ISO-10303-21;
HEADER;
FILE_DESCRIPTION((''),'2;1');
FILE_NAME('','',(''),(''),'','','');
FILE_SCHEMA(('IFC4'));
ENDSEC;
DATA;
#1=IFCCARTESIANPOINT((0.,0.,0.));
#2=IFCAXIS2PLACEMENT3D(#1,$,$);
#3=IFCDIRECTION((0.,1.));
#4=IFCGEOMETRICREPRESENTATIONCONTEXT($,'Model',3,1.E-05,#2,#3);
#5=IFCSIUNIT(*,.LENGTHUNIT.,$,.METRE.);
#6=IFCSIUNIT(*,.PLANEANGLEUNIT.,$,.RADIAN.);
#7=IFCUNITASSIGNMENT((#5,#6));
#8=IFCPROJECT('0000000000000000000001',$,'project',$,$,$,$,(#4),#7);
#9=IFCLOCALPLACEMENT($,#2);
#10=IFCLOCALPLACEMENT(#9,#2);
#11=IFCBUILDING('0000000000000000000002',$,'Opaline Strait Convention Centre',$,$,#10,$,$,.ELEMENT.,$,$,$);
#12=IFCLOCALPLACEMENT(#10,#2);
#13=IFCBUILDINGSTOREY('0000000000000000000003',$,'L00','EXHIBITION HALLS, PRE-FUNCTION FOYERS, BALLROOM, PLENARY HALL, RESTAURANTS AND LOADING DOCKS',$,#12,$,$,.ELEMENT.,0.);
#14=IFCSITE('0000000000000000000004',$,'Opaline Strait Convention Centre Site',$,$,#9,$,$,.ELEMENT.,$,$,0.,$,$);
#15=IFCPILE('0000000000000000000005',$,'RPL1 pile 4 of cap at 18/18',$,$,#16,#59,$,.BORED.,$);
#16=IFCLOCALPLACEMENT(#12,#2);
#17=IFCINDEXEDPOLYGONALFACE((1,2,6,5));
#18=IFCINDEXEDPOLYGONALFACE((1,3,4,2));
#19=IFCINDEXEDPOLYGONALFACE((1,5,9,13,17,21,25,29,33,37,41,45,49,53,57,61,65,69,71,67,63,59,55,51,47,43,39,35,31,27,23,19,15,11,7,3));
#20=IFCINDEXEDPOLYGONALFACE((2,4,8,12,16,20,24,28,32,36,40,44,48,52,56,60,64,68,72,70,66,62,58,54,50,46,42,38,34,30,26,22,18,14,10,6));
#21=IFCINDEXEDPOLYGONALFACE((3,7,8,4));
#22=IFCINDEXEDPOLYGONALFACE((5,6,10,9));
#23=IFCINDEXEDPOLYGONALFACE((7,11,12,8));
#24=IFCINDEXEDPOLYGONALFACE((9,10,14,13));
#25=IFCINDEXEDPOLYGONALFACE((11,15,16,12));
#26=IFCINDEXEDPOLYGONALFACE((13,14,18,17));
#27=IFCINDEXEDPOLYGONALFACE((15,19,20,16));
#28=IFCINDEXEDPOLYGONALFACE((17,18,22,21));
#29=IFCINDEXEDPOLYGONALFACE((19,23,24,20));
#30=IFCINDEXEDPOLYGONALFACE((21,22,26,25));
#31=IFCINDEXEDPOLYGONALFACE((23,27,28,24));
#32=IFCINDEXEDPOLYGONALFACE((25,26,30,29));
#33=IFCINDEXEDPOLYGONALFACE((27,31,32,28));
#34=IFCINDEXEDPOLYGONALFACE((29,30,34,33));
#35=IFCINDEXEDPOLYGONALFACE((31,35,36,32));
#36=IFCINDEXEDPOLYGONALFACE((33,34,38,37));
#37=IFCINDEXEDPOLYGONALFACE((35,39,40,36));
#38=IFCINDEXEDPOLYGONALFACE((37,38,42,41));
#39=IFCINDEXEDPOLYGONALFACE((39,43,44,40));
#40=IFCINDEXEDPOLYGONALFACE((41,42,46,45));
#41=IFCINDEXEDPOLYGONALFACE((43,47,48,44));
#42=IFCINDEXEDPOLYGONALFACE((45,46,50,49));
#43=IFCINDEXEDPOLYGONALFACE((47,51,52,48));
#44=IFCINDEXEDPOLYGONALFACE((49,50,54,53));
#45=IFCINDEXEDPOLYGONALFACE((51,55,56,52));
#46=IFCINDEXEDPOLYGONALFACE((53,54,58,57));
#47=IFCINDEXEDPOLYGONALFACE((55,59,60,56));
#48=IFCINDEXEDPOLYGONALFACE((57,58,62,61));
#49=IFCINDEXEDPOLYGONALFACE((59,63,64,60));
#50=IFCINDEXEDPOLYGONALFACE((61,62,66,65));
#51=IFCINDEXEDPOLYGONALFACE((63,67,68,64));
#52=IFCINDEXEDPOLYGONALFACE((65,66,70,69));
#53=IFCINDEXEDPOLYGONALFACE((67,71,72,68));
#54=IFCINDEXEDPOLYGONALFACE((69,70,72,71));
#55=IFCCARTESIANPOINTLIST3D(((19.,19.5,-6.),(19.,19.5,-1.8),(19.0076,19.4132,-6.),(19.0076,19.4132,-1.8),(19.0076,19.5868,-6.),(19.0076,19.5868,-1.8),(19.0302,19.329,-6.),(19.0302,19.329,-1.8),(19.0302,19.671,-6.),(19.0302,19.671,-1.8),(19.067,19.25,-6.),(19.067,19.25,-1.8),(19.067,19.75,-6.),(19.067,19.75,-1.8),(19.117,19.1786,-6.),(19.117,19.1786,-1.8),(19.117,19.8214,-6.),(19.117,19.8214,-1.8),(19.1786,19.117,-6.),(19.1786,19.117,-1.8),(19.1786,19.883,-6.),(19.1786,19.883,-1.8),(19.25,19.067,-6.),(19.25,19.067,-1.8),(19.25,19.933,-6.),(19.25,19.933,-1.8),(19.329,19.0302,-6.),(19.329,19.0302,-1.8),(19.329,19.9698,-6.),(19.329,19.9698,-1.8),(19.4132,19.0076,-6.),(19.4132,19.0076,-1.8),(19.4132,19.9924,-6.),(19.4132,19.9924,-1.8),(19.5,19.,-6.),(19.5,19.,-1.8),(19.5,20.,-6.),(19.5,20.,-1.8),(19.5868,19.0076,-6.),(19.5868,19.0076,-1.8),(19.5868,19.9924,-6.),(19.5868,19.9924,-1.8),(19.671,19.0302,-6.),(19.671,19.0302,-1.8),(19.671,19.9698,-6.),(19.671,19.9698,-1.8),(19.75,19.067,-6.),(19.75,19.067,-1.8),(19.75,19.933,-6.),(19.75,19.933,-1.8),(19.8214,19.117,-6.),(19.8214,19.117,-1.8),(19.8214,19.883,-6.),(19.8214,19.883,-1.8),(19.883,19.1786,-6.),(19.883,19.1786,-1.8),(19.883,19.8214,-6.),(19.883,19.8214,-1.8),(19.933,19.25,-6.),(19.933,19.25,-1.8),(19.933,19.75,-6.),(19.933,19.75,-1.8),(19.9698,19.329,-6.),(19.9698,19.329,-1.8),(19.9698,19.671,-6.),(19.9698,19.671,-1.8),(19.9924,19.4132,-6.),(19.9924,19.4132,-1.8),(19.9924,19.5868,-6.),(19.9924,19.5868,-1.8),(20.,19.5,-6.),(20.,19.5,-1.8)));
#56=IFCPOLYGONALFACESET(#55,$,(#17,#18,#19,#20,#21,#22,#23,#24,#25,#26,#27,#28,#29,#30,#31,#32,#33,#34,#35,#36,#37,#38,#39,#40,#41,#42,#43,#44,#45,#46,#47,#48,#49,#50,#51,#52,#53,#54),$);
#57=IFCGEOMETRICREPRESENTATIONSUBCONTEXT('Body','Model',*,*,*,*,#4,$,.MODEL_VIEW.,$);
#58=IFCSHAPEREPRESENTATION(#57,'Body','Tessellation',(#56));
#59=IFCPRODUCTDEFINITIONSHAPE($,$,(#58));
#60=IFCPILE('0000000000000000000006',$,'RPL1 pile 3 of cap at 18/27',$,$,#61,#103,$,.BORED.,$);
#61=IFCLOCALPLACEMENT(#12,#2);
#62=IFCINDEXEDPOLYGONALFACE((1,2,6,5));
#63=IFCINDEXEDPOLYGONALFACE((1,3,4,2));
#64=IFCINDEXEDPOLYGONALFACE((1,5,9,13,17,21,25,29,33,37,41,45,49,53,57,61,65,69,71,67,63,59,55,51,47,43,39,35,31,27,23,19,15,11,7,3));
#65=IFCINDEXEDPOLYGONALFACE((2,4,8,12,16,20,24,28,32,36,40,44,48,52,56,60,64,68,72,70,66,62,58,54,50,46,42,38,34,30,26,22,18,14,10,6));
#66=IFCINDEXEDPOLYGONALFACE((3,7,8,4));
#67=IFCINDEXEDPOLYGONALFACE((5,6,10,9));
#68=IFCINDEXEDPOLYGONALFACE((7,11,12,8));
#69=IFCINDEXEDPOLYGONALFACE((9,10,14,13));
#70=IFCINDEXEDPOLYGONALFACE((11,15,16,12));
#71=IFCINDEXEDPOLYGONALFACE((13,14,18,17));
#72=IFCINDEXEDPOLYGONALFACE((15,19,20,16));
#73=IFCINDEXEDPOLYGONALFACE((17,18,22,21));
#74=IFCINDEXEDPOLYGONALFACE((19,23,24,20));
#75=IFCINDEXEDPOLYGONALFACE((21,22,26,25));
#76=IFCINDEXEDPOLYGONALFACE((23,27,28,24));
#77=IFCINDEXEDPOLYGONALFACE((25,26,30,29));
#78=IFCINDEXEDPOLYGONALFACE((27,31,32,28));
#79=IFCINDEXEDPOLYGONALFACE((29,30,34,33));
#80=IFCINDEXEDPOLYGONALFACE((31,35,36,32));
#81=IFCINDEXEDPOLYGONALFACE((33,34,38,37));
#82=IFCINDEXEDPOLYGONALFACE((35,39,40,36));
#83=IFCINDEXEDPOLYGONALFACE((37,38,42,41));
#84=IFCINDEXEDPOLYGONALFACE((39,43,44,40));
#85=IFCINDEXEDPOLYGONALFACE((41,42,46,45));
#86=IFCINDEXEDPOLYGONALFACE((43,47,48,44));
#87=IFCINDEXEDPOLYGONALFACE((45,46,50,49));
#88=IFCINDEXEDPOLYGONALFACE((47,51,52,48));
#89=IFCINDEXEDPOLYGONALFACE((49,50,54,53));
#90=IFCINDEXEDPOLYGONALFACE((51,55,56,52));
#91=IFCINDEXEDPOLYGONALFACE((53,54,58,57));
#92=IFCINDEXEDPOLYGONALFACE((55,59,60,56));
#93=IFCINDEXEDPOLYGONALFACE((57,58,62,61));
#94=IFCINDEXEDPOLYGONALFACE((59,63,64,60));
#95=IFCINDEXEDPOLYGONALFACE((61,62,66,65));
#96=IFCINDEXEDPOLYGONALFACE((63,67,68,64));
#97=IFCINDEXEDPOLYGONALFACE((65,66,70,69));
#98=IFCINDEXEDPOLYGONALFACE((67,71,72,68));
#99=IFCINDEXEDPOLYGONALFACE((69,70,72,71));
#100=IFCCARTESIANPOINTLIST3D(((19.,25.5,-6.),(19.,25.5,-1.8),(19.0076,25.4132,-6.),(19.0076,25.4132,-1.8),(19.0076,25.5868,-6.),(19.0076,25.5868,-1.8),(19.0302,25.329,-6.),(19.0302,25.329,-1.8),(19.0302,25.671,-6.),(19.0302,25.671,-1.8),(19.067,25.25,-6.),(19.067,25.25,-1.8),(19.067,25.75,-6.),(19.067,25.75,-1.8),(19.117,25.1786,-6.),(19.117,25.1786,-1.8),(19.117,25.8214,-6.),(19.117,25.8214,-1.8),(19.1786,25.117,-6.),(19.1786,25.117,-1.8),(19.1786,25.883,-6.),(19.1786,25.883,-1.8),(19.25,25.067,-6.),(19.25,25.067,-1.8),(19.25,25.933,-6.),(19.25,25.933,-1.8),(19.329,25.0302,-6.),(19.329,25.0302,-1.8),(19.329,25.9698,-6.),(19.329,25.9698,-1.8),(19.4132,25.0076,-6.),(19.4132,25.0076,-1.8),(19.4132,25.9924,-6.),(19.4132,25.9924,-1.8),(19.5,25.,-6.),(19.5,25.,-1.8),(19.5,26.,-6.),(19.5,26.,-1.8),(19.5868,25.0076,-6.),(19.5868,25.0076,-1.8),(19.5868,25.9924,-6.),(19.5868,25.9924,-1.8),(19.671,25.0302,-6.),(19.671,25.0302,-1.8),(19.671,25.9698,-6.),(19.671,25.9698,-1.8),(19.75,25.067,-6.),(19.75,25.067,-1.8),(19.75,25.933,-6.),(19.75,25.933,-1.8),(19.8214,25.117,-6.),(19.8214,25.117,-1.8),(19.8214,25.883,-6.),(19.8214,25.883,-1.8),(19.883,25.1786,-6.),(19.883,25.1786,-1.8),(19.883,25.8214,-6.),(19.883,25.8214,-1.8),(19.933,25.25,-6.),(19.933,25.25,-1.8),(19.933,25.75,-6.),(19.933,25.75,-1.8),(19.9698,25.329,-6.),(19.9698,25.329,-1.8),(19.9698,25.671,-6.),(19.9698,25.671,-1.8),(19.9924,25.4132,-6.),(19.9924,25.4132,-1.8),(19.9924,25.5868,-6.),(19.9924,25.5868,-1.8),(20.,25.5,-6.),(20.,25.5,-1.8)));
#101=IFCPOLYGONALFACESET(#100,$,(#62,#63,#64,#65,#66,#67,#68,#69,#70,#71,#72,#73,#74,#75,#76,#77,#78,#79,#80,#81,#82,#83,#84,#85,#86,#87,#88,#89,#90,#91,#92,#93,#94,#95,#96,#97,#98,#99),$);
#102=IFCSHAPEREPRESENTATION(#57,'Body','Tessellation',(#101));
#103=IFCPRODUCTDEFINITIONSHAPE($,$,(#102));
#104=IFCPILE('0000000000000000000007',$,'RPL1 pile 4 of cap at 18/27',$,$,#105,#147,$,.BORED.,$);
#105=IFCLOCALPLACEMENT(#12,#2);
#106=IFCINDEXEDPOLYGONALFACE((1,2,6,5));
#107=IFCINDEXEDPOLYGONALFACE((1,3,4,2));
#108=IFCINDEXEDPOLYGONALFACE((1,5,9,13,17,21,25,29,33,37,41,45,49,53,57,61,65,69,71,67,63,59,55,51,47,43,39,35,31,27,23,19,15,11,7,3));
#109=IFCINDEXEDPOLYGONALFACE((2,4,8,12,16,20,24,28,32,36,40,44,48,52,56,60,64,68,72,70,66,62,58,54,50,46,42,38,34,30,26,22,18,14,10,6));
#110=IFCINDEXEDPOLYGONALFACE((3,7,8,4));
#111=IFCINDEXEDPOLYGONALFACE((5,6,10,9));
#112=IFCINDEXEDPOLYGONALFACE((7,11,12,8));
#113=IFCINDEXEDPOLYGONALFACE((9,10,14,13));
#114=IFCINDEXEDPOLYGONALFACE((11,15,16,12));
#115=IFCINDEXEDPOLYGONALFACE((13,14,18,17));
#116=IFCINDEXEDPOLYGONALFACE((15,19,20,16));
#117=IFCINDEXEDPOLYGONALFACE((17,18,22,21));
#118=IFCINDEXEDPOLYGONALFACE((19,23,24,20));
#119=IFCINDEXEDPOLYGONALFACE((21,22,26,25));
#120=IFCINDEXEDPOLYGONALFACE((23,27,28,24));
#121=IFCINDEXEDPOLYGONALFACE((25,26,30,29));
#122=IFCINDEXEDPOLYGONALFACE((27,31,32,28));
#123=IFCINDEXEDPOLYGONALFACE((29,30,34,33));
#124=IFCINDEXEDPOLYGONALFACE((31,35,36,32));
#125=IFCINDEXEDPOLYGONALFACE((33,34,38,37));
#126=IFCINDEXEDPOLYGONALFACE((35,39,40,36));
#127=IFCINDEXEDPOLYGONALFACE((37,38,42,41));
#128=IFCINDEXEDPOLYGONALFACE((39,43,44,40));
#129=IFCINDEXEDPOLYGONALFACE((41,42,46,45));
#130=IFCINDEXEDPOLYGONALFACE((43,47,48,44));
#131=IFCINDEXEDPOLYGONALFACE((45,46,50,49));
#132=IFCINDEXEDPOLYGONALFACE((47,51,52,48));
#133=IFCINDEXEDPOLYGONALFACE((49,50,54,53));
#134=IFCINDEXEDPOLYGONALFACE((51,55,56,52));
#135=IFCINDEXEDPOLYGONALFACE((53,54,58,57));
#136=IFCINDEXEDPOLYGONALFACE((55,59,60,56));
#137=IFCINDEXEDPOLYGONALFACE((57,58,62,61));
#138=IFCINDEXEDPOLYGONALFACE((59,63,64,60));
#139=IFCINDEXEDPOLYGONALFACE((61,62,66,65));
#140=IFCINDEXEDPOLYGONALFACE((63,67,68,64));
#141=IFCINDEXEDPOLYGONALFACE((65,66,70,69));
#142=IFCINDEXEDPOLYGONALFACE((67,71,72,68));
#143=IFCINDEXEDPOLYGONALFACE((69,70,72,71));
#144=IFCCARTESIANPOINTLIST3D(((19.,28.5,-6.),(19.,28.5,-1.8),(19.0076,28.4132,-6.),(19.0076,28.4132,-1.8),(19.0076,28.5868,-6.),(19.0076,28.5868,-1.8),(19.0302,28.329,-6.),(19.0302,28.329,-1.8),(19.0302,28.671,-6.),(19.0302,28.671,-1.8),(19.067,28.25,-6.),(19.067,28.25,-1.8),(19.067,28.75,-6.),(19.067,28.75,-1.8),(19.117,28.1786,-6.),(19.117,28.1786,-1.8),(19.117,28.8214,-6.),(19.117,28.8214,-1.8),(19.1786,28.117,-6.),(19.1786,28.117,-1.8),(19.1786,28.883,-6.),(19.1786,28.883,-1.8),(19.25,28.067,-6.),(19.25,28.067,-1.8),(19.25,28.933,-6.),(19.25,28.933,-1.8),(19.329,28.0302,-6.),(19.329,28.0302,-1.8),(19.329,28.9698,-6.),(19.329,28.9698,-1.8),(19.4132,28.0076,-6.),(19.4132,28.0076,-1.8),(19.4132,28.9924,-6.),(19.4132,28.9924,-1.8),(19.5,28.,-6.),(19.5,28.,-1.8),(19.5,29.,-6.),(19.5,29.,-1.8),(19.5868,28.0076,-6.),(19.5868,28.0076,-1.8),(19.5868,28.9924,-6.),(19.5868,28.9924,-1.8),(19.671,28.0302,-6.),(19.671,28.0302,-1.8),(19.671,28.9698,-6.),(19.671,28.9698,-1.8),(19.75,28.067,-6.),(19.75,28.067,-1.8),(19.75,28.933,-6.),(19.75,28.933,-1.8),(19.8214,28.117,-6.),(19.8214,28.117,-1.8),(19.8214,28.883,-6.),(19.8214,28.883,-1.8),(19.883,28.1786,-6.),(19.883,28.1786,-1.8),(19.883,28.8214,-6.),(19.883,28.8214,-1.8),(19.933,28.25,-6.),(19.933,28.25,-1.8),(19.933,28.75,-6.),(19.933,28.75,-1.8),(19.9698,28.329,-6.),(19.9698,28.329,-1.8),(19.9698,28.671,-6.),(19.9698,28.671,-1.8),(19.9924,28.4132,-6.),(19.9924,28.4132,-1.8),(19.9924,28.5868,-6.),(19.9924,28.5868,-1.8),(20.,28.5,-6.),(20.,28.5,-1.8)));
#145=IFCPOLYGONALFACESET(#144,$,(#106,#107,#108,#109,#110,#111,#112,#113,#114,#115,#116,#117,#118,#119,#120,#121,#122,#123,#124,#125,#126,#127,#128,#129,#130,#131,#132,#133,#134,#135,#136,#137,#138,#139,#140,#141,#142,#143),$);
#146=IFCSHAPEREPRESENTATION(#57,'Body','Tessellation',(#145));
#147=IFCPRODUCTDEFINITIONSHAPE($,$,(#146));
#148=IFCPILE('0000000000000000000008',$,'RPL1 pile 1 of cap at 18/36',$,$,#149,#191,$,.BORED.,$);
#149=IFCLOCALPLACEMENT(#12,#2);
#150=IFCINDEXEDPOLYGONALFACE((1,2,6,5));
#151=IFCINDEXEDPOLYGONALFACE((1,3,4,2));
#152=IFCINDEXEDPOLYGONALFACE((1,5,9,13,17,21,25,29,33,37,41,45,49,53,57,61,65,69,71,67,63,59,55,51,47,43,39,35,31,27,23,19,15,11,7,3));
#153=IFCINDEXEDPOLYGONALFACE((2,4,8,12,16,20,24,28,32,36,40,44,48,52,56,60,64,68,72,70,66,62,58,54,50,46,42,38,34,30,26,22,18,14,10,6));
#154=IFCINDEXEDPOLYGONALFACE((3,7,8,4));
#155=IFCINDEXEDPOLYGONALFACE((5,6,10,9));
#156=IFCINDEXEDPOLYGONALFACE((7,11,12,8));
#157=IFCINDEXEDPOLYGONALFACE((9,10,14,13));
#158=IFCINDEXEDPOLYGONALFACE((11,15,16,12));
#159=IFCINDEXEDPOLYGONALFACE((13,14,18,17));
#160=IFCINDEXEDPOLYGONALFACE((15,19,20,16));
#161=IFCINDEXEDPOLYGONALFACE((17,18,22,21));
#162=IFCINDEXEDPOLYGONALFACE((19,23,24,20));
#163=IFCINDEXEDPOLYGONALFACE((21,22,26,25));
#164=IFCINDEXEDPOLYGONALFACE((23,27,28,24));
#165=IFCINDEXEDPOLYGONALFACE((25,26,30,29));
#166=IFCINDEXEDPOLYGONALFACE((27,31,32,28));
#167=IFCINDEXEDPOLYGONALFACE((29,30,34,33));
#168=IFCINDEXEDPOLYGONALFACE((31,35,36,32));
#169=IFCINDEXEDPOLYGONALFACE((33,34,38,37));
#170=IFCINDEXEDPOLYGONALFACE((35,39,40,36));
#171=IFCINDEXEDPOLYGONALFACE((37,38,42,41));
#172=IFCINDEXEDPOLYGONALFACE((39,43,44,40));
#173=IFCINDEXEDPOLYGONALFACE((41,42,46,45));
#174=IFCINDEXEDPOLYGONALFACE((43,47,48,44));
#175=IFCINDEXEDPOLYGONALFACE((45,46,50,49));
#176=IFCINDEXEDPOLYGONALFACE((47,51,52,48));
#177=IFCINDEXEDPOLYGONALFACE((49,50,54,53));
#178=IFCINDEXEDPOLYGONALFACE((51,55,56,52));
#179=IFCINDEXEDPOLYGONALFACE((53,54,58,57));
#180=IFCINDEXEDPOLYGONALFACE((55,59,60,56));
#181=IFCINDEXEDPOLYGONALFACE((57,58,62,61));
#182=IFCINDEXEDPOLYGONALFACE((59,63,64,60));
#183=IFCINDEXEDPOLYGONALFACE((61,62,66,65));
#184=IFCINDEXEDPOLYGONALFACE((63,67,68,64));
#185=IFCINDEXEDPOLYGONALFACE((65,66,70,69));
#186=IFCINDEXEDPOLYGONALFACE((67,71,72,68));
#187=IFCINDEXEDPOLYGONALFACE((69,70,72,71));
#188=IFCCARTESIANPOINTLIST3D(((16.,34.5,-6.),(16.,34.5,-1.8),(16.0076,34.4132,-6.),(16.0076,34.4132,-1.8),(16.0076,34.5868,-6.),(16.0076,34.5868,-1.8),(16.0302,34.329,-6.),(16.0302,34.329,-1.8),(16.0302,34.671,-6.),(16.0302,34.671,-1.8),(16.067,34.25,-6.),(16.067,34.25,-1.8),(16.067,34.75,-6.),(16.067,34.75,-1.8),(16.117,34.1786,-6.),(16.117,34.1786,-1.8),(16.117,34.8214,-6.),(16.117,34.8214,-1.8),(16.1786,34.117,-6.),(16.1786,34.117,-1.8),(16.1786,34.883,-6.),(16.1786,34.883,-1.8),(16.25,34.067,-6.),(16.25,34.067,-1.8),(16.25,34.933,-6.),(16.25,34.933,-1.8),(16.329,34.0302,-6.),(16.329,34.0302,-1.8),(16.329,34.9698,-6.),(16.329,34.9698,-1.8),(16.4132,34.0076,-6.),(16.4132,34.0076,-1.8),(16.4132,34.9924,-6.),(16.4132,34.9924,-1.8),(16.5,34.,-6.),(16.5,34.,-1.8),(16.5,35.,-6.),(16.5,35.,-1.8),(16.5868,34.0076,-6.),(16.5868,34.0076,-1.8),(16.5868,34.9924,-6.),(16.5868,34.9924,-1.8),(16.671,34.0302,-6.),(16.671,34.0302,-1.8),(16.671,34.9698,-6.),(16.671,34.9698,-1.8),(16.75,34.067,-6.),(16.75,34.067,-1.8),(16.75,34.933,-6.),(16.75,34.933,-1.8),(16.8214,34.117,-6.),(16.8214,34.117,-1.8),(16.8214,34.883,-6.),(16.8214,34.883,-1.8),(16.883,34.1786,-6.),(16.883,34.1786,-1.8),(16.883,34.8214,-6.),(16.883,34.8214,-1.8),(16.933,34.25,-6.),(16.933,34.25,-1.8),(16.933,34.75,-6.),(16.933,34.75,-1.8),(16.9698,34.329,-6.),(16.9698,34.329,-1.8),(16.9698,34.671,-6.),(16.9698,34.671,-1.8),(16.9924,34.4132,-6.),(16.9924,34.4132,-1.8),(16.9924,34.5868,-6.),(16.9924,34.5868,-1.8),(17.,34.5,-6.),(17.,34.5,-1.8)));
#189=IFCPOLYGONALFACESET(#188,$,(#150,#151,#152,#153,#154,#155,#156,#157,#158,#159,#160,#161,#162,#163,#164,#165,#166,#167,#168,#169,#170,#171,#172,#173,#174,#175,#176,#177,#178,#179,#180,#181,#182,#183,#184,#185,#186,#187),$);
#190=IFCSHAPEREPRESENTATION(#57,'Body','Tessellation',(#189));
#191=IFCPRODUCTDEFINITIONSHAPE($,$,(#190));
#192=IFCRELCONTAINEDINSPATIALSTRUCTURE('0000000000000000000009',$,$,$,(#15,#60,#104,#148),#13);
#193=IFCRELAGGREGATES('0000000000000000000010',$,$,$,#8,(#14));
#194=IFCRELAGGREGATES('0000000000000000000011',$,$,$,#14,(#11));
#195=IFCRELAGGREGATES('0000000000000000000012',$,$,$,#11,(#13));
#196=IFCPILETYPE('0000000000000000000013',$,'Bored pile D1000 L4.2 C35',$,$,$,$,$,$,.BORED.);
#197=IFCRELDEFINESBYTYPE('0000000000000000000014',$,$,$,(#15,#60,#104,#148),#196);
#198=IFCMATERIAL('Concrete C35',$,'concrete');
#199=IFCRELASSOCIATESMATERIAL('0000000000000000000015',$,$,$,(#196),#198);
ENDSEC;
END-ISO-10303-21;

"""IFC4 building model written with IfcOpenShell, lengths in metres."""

from ifc_helpers import new_model, si_unit, direction, frame, origin, origin_2d, place, context, subcontext, project, spatial, circle, extrude, material, material_profile, profile_set, type_object, element, save


model = new_model("IFC4")

# Units and contexts
model_context = context("Model", 3, precision=1e-05, world=origin(), true_north=direction((0.0, 1.0)))
body_context = subcontext(model_context, "Body", "Model", "MODEL_VIEW")
ifc_project = project(units=[si_unit("LENGTHUNIT", "METRE"), si_unit("PLANEANGLEUNIT", "RADIAN")], contexts=[model_context])

# Site, building, storey
site_placement = place(None, origin())
site = spatial("IfcSite", under=ifc_project, at=site_placement, Name="Opaline Strait Convention Centre Site", CompositionType="ELEMENT", RefElevation=0.0)
building_placement = place(site_placement, origin())
building = spatial("IfcBuilding", under=site, at=building_placement, Name="Opaline Strait Convention Centre", CompositionType="ELEMENT")
storey_placement = place(building_placement, origin())
storey = spatial("IfcBuildingStorey", under=building, at=storey_placement, Name="L00", Description="EXHIBITION HALLS, PRE-FUNCTION FOYERS, BALLROOM, PLENARY HALL, RESTAURANTS AND LOADING DOCKS", CompositionType="ELEMENT", Elevation=0.0)

# Piles
ifc_material_1 = material(Name="Concrete C35", Category="concrete")
ifc_material_profile_1 = material_profile(ifc_material_1, circle(Radius=0.5, at=origin_2d()), Name="D1000")
ifc_profile_set_1 = profile_set([ifc_material_profile_1], Name="Concrete C35")
pile_type = type_object("IfcPileType", Name="Bored pile D1000 L4.2 C35", PredefinedType="BORED", material=ifc_profile_set_1)
for number, where, z_axis, x_axis, name in (
    (1, (19.5, 19.5, -1.8), (0.0, 0.0, -1.0), (1.0, 0.0, 0.0), "RPL1 pile 4 of cap at 18/18"),
    (2, (19.5, 25.5, -1.8), (0.0, 0.0, -1.0), (1.0, 0.0, 0.0), "RPL1 pile 3 of cap at 18/27"),
    (3, (19.5, 28.5, -1.8), (0.0, 0.0, -1.0), (1.0, 0.0, 0.0), "RPL1 pile 4 of cap at 18/27"),
    (4, (16.5, 34.5, -1.8), (0.0, 0.0, -1.0), (1.0, 0.0, 0.0), "RPL1 pile 1 of cap at 18/36"),
):
    element("IfcPile", number, at=place(storey_placement, frame(where, z_axis=z_axis, x_axis=x_axis)), inside=storey, type_object=pile_type, Name=name, PredefinedType="BORED", context=body_context, shape_type="SweptSolid", body=[
        extrude(circle(Radius=0.5, at=origin_2d()), origin(), (0.0, 0.0, 1.0), 4.2),
    ])

save(model, "model.ifc")
